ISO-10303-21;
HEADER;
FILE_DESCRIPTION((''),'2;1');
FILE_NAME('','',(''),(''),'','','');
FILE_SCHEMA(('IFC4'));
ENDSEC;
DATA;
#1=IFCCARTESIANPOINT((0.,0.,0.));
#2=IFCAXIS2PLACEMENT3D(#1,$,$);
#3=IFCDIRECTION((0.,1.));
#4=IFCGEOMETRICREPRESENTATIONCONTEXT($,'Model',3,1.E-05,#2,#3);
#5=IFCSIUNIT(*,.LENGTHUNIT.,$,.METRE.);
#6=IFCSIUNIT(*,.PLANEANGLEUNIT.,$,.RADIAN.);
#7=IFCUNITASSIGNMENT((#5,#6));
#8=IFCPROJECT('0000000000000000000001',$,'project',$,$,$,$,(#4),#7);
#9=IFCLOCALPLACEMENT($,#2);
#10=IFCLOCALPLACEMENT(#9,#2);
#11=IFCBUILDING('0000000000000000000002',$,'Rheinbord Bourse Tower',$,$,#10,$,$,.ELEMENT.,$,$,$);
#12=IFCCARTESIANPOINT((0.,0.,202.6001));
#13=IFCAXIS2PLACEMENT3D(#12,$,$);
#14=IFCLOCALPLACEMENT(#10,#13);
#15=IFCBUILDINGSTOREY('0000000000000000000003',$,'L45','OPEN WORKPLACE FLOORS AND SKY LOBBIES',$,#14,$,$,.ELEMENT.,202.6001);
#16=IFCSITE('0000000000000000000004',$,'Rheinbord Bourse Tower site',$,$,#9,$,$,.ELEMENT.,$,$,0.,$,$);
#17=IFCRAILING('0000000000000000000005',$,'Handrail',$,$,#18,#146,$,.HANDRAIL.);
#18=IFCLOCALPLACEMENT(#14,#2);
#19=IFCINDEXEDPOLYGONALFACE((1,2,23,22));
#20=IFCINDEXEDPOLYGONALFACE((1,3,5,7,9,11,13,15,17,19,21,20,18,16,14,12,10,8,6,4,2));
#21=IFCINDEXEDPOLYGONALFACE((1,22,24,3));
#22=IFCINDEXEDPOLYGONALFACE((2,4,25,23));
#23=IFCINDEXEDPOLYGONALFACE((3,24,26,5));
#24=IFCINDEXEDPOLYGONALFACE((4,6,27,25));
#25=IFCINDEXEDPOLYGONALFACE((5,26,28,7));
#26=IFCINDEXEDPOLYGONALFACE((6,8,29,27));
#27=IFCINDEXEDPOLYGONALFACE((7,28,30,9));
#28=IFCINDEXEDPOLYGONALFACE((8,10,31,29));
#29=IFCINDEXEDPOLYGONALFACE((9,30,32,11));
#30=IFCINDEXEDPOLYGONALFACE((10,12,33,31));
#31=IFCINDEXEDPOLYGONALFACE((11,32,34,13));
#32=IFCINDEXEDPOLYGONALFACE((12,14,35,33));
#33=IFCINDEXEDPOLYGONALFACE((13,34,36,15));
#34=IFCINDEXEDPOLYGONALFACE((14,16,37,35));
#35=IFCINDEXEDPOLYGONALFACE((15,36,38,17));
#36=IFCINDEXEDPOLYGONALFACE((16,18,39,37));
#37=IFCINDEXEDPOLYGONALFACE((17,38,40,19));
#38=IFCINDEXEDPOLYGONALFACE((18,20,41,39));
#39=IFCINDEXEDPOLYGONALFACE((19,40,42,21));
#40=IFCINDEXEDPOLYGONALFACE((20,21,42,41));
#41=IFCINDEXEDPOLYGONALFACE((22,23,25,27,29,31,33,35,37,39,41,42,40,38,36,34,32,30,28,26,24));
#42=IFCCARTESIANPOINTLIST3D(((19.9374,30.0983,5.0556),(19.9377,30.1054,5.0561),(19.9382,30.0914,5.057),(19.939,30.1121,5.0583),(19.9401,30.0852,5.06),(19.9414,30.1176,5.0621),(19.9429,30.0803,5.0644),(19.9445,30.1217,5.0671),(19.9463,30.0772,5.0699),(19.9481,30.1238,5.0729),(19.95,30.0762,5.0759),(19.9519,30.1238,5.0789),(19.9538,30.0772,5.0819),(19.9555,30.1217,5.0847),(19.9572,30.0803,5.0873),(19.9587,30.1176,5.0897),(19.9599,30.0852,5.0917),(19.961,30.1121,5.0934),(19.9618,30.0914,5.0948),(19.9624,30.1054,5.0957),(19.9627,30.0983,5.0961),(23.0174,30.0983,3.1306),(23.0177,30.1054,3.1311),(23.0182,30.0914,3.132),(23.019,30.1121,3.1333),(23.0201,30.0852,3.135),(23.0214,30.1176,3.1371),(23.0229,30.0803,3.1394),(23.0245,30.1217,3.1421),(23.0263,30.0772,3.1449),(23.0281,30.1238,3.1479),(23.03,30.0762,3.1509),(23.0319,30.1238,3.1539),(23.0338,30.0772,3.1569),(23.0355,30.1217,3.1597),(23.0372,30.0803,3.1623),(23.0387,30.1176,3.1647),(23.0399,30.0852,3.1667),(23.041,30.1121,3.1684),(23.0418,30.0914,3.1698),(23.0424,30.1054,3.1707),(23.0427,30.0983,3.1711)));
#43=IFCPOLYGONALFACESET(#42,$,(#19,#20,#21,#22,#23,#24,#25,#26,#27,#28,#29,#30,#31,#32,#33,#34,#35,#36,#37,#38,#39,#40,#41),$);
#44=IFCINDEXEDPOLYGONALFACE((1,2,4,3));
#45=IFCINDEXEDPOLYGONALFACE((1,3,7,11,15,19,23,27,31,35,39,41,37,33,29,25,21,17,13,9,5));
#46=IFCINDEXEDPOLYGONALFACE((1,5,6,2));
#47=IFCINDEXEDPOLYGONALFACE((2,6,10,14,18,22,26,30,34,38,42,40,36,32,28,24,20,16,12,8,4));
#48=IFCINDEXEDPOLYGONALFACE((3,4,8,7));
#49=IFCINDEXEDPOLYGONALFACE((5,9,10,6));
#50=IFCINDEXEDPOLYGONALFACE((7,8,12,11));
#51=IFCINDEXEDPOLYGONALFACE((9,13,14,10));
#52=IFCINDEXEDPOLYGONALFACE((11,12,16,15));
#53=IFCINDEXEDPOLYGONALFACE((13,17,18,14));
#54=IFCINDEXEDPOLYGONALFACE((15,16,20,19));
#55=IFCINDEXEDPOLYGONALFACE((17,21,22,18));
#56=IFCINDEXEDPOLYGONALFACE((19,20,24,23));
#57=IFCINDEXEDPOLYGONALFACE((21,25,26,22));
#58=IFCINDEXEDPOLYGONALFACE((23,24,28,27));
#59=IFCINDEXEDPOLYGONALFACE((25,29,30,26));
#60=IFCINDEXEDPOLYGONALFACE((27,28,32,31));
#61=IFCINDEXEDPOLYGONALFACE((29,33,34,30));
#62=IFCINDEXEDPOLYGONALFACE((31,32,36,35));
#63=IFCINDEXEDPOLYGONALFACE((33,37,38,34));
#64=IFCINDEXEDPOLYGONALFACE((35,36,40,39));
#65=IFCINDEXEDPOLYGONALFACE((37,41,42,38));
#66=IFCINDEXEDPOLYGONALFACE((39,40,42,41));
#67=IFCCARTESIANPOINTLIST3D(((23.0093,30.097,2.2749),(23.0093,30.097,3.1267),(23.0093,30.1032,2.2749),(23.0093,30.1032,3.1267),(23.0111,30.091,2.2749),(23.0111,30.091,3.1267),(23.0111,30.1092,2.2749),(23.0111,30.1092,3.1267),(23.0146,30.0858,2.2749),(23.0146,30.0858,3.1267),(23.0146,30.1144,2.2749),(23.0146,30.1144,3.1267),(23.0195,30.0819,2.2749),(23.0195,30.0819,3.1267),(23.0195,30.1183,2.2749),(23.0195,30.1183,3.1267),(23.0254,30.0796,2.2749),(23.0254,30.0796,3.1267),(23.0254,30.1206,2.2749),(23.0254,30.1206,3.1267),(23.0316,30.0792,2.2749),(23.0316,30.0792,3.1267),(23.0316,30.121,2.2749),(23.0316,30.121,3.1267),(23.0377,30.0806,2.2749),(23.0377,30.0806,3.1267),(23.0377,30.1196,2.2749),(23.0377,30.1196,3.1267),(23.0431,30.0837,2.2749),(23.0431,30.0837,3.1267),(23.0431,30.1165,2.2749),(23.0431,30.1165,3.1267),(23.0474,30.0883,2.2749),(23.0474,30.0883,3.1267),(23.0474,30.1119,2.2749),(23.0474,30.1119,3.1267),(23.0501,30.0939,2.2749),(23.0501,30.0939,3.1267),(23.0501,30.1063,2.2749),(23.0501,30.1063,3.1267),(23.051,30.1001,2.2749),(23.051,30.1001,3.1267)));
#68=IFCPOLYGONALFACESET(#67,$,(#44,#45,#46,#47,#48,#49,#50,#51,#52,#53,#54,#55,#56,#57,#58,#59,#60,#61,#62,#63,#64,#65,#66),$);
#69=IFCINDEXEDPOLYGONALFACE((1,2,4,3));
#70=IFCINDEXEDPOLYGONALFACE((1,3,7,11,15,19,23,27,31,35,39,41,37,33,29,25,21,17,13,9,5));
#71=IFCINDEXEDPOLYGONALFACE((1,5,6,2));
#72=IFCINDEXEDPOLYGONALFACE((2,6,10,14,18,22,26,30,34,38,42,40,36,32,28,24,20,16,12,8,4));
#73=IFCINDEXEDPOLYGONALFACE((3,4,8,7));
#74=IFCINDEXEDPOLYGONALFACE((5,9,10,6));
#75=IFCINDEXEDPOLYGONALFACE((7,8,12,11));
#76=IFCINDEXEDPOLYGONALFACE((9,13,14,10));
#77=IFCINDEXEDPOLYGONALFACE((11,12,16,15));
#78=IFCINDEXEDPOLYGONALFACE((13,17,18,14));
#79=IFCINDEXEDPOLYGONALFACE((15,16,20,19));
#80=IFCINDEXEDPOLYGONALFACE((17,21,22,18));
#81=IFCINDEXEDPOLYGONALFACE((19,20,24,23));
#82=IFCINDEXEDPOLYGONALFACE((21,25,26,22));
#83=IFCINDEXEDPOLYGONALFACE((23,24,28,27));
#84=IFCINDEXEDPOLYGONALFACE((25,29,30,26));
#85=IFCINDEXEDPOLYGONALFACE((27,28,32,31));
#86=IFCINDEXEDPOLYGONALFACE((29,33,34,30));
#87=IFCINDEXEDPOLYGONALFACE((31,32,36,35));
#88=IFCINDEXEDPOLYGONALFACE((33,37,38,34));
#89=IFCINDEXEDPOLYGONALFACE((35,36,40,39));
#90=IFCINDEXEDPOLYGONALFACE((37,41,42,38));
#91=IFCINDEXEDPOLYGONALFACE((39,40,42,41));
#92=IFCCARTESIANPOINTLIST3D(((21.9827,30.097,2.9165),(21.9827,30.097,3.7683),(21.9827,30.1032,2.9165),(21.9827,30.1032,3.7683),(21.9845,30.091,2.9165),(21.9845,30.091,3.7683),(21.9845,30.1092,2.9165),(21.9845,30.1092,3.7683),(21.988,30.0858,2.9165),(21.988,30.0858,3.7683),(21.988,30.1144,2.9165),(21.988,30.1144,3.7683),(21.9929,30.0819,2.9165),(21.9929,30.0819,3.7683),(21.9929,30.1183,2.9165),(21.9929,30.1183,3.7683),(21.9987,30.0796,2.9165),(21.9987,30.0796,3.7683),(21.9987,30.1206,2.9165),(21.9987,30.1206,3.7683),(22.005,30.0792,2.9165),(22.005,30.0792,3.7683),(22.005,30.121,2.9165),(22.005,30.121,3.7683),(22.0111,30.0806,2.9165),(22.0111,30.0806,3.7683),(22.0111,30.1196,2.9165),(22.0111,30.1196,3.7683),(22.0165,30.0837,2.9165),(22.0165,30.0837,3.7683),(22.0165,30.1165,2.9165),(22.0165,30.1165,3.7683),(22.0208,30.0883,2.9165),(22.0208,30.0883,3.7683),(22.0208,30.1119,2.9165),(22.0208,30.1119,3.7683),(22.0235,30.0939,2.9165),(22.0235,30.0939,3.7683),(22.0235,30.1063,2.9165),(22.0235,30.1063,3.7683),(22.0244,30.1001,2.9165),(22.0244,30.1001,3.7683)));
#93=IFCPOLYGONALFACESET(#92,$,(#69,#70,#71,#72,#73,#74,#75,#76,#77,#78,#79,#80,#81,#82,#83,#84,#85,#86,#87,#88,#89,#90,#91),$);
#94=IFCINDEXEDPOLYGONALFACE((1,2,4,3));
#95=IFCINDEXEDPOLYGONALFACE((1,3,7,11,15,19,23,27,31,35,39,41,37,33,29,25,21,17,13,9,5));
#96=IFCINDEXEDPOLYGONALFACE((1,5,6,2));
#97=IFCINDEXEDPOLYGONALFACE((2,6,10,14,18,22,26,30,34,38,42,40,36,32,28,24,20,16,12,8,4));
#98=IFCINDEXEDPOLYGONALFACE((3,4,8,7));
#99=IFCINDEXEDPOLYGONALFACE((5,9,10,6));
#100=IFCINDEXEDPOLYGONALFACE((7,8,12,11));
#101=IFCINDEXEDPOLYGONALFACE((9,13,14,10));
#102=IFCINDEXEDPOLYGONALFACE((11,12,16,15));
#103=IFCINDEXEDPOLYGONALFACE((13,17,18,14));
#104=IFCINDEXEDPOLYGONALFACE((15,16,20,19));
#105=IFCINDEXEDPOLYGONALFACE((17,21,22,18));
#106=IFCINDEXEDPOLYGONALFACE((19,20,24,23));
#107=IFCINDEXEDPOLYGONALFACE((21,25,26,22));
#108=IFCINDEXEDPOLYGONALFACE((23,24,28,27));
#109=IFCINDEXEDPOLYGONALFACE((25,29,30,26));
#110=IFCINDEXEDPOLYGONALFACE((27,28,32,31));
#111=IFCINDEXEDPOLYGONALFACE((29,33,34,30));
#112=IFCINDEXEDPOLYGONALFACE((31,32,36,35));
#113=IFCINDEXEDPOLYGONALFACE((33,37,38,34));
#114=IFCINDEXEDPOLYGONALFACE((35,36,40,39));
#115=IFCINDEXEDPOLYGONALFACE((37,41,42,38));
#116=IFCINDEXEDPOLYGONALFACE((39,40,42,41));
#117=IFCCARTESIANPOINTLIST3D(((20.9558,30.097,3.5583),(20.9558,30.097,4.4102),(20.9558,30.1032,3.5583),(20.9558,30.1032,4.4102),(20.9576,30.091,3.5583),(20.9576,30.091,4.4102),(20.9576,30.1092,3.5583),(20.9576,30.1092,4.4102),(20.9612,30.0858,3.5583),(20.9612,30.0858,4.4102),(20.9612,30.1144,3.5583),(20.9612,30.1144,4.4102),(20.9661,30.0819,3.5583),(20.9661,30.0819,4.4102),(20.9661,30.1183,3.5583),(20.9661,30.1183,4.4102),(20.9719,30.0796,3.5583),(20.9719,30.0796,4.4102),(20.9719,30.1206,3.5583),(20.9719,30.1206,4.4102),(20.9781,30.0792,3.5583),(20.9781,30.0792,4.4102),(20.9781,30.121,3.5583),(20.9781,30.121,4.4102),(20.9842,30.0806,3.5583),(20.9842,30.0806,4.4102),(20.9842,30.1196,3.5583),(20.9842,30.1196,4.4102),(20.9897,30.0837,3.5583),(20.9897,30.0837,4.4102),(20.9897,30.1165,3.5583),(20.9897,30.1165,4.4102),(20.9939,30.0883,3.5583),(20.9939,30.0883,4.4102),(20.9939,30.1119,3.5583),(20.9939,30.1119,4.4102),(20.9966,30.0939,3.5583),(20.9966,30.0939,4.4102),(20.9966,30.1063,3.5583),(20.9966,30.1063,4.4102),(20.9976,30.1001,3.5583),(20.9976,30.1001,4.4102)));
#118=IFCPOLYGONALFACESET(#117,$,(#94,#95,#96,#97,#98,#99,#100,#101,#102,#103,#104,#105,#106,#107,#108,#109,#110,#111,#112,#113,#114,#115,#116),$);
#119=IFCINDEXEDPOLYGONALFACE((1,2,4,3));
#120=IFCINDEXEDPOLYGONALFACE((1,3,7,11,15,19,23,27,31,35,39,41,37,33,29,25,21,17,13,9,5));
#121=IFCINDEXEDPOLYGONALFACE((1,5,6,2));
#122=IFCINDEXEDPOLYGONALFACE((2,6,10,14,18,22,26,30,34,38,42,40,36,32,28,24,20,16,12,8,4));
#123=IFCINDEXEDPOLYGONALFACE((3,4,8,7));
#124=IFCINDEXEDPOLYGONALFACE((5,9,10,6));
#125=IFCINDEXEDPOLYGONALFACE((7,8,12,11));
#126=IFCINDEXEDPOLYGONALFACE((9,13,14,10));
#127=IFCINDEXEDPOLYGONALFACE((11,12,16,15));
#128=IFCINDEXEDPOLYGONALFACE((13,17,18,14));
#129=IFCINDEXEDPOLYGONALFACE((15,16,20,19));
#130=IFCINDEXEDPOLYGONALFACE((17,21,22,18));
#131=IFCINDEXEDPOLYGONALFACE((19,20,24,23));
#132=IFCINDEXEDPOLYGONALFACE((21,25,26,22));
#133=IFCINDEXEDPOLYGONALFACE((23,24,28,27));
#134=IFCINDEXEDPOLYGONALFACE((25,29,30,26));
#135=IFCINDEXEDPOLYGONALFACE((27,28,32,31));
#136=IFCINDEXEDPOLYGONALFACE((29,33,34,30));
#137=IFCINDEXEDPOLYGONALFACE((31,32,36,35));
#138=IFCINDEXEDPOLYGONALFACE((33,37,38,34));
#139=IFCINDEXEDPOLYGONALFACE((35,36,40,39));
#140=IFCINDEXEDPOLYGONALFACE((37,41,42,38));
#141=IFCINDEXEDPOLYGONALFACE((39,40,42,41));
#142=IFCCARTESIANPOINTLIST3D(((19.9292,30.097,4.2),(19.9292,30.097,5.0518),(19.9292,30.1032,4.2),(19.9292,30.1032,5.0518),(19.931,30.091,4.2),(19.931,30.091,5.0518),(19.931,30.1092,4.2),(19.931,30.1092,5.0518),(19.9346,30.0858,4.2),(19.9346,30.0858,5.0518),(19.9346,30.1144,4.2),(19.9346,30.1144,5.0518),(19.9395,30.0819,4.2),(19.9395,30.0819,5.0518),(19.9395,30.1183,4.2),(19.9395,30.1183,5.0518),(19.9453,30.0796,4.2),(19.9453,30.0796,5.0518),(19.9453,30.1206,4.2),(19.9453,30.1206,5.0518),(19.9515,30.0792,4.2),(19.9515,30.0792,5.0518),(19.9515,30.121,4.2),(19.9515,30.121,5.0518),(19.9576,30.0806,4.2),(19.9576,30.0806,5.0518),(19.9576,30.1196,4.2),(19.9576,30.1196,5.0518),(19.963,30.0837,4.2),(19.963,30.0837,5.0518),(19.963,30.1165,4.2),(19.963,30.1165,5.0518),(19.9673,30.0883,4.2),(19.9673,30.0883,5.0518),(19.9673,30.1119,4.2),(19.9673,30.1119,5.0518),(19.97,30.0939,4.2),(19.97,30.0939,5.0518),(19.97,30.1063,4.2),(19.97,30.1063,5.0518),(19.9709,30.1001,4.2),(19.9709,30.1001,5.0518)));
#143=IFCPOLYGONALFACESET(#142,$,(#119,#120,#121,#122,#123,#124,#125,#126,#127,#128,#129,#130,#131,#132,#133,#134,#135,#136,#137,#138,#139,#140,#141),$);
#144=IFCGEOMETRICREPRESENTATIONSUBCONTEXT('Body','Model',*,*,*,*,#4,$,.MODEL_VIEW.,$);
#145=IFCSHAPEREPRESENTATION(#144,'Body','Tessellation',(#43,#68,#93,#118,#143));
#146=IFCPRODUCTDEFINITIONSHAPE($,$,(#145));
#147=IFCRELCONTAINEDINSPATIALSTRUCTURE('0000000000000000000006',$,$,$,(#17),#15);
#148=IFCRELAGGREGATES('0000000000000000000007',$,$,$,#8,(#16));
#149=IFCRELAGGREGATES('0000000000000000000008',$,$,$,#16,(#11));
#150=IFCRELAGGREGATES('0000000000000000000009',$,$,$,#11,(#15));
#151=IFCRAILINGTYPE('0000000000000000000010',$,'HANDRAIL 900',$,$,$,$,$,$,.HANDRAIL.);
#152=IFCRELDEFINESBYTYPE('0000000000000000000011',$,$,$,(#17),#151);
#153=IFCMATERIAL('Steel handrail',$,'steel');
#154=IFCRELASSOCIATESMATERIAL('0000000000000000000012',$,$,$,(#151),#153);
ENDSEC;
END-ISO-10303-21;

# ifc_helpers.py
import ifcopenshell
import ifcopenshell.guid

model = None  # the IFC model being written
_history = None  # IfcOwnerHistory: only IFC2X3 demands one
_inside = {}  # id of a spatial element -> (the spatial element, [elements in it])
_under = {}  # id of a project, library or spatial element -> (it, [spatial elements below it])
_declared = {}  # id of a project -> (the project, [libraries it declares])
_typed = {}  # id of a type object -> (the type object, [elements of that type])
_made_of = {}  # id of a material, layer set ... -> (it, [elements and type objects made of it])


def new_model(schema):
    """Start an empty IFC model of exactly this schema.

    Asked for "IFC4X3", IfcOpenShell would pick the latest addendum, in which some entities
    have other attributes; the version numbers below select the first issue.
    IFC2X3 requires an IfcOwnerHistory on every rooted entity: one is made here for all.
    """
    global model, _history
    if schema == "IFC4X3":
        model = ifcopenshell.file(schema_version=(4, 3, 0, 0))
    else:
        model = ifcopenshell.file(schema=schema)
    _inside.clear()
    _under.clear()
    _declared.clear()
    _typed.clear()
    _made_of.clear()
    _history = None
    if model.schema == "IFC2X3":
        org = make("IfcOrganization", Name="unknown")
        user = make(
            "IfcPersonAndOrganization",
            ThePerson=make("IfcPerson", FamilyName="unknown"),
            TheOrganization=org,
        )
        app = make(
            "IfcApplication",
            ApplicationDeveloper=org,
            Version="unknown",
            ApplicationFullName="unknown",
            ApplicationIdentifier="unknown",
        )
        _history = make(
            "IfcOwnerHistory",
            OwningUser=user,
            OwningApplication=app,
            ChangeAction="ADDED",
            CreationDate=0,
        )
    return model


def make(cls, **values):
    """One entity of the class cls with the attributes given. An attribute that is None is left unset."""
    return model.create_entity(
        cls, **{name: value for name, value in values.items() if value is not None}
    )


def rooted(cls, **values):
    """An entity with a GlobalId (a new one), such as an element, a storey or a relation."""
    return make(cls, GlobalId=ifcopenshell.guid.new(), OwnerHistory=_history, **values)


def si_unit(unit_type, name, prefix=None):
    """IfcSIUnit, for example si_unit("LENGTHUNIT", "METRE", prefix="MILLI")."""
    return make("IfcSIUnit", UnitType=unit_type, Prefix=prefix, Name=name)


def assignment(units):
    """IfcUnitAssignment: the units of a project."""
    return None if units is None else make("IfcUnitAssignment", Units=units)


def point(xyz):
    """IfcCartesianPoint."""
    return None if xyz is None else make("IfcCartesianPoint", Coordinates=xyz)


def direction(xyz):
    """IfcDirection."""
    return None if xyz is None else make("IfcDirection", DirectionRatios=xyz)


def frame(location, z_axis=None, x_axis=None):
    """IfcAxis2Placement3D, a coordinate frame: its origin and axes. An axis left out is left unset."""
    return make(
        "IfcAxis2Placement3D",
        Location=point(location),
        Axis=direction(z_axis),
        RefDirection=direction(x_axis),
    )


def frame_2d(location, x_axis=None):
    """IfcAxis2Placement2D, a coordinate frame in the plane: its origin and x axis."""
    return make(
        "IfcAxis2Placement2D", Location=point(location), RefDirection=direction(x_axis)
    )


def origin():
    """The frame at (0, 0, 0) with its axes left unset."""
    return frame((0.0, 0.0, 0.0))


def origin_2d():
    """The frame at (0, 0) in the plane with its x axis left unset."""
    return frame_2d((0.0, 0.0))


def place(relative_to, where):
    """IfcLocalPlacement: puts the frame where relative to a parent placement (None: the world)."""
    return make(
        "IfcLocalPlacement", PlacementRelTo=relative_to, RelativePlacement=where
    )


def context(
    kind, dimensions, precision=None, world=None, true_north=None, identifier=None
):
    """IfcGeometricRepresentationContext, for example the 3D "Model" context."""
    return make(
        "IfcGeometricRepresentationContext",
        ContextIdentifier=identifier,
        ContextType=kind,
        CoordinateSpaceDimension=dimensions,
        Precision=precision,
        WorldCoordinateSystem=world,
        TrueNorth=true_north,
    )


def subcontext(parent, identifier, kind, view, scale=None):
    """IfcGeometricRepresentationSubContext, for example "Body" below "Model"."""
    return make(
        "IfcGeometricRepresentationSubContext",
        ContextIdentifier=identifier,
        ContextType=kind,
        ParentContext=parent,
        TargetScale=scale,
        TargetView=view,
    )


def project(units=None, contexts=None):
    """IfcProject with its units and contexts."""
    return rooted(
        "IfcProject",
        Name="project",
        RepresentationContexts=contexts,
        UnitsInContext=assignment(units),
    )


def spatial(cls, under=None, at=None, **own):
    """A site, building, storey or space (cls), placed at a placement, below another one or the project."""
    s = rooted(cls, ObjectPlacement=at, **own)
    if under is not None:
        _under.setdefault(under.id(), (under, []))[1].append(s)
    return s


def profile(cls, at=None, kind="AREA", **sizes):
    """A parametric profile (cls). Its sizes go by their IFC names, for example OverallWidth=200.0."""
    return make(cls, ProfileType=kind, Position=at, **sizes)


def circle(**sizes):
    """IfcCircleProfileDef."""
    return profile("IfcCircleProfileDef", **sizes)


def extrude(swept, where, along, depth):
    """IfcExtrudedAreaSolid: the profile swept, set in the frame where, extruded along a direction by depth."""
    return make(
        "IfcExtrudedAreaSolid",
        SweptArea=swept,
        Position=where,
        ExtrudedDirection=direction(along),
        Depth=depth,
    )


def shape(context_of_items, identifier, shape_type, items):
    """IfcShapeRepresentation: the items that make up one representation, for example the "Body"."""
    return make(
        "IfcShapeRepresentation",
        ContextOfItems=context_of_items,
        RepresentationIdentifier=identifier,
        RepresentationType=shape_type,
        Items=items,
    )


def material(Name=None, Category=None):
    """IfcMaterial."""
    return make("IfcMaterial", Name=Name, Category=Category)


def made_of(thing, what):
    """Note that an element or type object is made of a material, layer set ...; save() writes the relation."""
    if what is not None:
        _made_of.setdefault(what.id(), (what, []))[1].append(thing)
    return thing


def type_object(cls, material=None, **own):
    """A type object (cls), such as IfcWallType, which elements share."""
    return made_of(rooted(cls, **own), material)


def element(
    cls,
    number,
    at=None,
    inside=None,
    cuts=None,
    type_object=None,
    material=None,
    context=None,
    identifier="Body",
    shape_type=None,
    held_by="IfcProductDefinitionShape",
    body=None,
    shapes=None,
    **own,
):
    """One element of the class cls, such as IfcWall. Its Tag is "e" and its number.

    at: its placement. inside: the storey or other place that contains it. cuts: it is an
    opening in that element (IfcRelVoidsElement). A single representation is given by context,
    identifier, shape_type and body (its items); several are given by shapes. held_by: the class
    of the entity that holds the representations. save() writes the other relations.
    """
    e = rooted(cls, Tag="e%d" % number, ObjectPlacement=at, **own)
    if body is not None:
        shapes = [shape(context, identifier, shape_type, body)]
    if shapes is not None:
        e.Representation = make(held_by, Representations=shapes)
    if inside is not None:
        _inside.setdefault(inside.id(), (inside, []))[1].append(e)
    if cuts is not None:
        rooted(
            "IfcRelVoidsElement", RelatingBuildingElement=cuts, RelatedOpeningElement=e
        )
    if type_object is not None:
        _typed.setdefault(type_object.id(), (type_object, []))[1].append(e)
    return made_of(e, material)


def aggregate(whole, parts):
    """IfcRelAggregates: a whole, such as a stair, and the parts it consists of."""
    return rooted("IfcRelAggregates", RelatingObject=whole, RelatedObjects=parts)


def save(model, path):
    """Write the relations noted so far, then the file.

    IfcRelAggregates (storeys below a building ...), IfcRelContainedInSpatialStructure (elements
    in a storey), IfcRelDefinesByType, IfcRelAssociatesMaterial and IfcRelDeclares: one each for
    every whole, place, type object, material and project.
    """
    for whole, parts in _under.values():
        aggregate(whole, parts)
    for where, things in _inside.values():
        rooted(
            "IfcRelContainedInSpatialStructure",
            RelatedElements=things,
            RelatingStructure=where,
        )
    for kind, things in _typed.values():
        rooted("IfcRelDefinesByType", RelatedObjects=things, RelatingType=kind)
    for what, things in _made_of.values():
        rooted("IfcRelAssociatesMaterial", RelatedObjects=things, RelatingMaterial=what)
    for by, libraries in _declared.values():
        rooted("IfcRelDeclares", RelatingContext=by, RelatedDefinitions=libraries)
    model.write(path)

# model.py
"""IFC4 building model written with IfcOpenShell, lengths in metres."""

from ifc_helpers import new_model, si_unit, direction, frame, origin, origin_2d, place, context, subcontext, project, spatial, circle, extrude, material, type_object, element, save


model = new_model("IFC4")

# Units and contexts
model_context = context("Model", 3, precision=1e-05, world=origin(), true_north=direction((0.0, 1.0)))
body_context = subcontext(model_context, "Body", "Model", "MODEL_VIEW")
ifc_project = project(units=[si_unit("LENGTHUNIT", "METRE"), si_unit("PLANEANGLEUNIT", "RADIAN")], contexts=[model_context])

# Site, building, storey
site_placement = place(None, origin())
site = spatial("IfcSite", under=ifc_project, at=site_placement, Name="Rheinbord Bourse Tower site", CompositionType="ELEMENT", RefElevation=0.0)
building_placement = place(site_placement, origin())
building = spatial("IfcBuilding", under=site, at=building_placement, Name="Rheinbord Bourse Tower", CompositionType="ELEMENT")
storey_placement = place(building_placement, frame((0.0, 0.0, 202.6001)))
storey = spatial("IfcBuildingStorey", under=building, at=storey_placement, Name="L45", Description="OPEN WORKPLACE FLOORS AND SKY LOBBIES", CompositionType="ELEMENT", Elevation=202.6001)

# Railing
ifc_material_1 = material(Name="Steel handrail", Category="steel")
railing_type = type_object("IfcRailingType", Name="HANDRAIL 900", PredefinedType="HANDRAIL", material=ifc_material_1)
railing_1_placement = place(storey_placement, frame((23.03, 30.1001, 2.2749)))
element("IfcRailing", 1, at=railing_1_placement, inside=storey, type_object=railing_type, Name="Handrail", PredefinedType="HANDRAIL", context=body_context, shape_type="SweptSolid", body=[
    extrude(circle(Radius=0.0239, at=origin_2d()), frame((0.0, 0.0, 0.876), z_axis=(-0.847998, 0.0, 0.529999), x_axis=(0.0, -1.0, 0.0)), (0.0, 0.0, 1.0), 3.6321),
    extrude(circle(Radius=0.021, at=origin_2d()), origin(), (0.0, 0.0, 1.0), 0.8518),
    extrude(circle(Radius=0.021, at=origin_2d()), frame((-1.0266, 0.0, 0.6416)), (0.0, 0.0, 1.0), 0.8518),
    extrude(circle(Radius=0.021, at=origin_2d()), frame((-2.0535, 0.0, 1.2834)), (0.0, 0.0, 1.0), 0.8518),
    extrude(circle(Radius=0.021, at=origin_2d()), frame((-3.0801, 0.0, 1.925)), (0.0, 0.0, 1.0), 0.8518),
])

save(model, "model.ifc")
